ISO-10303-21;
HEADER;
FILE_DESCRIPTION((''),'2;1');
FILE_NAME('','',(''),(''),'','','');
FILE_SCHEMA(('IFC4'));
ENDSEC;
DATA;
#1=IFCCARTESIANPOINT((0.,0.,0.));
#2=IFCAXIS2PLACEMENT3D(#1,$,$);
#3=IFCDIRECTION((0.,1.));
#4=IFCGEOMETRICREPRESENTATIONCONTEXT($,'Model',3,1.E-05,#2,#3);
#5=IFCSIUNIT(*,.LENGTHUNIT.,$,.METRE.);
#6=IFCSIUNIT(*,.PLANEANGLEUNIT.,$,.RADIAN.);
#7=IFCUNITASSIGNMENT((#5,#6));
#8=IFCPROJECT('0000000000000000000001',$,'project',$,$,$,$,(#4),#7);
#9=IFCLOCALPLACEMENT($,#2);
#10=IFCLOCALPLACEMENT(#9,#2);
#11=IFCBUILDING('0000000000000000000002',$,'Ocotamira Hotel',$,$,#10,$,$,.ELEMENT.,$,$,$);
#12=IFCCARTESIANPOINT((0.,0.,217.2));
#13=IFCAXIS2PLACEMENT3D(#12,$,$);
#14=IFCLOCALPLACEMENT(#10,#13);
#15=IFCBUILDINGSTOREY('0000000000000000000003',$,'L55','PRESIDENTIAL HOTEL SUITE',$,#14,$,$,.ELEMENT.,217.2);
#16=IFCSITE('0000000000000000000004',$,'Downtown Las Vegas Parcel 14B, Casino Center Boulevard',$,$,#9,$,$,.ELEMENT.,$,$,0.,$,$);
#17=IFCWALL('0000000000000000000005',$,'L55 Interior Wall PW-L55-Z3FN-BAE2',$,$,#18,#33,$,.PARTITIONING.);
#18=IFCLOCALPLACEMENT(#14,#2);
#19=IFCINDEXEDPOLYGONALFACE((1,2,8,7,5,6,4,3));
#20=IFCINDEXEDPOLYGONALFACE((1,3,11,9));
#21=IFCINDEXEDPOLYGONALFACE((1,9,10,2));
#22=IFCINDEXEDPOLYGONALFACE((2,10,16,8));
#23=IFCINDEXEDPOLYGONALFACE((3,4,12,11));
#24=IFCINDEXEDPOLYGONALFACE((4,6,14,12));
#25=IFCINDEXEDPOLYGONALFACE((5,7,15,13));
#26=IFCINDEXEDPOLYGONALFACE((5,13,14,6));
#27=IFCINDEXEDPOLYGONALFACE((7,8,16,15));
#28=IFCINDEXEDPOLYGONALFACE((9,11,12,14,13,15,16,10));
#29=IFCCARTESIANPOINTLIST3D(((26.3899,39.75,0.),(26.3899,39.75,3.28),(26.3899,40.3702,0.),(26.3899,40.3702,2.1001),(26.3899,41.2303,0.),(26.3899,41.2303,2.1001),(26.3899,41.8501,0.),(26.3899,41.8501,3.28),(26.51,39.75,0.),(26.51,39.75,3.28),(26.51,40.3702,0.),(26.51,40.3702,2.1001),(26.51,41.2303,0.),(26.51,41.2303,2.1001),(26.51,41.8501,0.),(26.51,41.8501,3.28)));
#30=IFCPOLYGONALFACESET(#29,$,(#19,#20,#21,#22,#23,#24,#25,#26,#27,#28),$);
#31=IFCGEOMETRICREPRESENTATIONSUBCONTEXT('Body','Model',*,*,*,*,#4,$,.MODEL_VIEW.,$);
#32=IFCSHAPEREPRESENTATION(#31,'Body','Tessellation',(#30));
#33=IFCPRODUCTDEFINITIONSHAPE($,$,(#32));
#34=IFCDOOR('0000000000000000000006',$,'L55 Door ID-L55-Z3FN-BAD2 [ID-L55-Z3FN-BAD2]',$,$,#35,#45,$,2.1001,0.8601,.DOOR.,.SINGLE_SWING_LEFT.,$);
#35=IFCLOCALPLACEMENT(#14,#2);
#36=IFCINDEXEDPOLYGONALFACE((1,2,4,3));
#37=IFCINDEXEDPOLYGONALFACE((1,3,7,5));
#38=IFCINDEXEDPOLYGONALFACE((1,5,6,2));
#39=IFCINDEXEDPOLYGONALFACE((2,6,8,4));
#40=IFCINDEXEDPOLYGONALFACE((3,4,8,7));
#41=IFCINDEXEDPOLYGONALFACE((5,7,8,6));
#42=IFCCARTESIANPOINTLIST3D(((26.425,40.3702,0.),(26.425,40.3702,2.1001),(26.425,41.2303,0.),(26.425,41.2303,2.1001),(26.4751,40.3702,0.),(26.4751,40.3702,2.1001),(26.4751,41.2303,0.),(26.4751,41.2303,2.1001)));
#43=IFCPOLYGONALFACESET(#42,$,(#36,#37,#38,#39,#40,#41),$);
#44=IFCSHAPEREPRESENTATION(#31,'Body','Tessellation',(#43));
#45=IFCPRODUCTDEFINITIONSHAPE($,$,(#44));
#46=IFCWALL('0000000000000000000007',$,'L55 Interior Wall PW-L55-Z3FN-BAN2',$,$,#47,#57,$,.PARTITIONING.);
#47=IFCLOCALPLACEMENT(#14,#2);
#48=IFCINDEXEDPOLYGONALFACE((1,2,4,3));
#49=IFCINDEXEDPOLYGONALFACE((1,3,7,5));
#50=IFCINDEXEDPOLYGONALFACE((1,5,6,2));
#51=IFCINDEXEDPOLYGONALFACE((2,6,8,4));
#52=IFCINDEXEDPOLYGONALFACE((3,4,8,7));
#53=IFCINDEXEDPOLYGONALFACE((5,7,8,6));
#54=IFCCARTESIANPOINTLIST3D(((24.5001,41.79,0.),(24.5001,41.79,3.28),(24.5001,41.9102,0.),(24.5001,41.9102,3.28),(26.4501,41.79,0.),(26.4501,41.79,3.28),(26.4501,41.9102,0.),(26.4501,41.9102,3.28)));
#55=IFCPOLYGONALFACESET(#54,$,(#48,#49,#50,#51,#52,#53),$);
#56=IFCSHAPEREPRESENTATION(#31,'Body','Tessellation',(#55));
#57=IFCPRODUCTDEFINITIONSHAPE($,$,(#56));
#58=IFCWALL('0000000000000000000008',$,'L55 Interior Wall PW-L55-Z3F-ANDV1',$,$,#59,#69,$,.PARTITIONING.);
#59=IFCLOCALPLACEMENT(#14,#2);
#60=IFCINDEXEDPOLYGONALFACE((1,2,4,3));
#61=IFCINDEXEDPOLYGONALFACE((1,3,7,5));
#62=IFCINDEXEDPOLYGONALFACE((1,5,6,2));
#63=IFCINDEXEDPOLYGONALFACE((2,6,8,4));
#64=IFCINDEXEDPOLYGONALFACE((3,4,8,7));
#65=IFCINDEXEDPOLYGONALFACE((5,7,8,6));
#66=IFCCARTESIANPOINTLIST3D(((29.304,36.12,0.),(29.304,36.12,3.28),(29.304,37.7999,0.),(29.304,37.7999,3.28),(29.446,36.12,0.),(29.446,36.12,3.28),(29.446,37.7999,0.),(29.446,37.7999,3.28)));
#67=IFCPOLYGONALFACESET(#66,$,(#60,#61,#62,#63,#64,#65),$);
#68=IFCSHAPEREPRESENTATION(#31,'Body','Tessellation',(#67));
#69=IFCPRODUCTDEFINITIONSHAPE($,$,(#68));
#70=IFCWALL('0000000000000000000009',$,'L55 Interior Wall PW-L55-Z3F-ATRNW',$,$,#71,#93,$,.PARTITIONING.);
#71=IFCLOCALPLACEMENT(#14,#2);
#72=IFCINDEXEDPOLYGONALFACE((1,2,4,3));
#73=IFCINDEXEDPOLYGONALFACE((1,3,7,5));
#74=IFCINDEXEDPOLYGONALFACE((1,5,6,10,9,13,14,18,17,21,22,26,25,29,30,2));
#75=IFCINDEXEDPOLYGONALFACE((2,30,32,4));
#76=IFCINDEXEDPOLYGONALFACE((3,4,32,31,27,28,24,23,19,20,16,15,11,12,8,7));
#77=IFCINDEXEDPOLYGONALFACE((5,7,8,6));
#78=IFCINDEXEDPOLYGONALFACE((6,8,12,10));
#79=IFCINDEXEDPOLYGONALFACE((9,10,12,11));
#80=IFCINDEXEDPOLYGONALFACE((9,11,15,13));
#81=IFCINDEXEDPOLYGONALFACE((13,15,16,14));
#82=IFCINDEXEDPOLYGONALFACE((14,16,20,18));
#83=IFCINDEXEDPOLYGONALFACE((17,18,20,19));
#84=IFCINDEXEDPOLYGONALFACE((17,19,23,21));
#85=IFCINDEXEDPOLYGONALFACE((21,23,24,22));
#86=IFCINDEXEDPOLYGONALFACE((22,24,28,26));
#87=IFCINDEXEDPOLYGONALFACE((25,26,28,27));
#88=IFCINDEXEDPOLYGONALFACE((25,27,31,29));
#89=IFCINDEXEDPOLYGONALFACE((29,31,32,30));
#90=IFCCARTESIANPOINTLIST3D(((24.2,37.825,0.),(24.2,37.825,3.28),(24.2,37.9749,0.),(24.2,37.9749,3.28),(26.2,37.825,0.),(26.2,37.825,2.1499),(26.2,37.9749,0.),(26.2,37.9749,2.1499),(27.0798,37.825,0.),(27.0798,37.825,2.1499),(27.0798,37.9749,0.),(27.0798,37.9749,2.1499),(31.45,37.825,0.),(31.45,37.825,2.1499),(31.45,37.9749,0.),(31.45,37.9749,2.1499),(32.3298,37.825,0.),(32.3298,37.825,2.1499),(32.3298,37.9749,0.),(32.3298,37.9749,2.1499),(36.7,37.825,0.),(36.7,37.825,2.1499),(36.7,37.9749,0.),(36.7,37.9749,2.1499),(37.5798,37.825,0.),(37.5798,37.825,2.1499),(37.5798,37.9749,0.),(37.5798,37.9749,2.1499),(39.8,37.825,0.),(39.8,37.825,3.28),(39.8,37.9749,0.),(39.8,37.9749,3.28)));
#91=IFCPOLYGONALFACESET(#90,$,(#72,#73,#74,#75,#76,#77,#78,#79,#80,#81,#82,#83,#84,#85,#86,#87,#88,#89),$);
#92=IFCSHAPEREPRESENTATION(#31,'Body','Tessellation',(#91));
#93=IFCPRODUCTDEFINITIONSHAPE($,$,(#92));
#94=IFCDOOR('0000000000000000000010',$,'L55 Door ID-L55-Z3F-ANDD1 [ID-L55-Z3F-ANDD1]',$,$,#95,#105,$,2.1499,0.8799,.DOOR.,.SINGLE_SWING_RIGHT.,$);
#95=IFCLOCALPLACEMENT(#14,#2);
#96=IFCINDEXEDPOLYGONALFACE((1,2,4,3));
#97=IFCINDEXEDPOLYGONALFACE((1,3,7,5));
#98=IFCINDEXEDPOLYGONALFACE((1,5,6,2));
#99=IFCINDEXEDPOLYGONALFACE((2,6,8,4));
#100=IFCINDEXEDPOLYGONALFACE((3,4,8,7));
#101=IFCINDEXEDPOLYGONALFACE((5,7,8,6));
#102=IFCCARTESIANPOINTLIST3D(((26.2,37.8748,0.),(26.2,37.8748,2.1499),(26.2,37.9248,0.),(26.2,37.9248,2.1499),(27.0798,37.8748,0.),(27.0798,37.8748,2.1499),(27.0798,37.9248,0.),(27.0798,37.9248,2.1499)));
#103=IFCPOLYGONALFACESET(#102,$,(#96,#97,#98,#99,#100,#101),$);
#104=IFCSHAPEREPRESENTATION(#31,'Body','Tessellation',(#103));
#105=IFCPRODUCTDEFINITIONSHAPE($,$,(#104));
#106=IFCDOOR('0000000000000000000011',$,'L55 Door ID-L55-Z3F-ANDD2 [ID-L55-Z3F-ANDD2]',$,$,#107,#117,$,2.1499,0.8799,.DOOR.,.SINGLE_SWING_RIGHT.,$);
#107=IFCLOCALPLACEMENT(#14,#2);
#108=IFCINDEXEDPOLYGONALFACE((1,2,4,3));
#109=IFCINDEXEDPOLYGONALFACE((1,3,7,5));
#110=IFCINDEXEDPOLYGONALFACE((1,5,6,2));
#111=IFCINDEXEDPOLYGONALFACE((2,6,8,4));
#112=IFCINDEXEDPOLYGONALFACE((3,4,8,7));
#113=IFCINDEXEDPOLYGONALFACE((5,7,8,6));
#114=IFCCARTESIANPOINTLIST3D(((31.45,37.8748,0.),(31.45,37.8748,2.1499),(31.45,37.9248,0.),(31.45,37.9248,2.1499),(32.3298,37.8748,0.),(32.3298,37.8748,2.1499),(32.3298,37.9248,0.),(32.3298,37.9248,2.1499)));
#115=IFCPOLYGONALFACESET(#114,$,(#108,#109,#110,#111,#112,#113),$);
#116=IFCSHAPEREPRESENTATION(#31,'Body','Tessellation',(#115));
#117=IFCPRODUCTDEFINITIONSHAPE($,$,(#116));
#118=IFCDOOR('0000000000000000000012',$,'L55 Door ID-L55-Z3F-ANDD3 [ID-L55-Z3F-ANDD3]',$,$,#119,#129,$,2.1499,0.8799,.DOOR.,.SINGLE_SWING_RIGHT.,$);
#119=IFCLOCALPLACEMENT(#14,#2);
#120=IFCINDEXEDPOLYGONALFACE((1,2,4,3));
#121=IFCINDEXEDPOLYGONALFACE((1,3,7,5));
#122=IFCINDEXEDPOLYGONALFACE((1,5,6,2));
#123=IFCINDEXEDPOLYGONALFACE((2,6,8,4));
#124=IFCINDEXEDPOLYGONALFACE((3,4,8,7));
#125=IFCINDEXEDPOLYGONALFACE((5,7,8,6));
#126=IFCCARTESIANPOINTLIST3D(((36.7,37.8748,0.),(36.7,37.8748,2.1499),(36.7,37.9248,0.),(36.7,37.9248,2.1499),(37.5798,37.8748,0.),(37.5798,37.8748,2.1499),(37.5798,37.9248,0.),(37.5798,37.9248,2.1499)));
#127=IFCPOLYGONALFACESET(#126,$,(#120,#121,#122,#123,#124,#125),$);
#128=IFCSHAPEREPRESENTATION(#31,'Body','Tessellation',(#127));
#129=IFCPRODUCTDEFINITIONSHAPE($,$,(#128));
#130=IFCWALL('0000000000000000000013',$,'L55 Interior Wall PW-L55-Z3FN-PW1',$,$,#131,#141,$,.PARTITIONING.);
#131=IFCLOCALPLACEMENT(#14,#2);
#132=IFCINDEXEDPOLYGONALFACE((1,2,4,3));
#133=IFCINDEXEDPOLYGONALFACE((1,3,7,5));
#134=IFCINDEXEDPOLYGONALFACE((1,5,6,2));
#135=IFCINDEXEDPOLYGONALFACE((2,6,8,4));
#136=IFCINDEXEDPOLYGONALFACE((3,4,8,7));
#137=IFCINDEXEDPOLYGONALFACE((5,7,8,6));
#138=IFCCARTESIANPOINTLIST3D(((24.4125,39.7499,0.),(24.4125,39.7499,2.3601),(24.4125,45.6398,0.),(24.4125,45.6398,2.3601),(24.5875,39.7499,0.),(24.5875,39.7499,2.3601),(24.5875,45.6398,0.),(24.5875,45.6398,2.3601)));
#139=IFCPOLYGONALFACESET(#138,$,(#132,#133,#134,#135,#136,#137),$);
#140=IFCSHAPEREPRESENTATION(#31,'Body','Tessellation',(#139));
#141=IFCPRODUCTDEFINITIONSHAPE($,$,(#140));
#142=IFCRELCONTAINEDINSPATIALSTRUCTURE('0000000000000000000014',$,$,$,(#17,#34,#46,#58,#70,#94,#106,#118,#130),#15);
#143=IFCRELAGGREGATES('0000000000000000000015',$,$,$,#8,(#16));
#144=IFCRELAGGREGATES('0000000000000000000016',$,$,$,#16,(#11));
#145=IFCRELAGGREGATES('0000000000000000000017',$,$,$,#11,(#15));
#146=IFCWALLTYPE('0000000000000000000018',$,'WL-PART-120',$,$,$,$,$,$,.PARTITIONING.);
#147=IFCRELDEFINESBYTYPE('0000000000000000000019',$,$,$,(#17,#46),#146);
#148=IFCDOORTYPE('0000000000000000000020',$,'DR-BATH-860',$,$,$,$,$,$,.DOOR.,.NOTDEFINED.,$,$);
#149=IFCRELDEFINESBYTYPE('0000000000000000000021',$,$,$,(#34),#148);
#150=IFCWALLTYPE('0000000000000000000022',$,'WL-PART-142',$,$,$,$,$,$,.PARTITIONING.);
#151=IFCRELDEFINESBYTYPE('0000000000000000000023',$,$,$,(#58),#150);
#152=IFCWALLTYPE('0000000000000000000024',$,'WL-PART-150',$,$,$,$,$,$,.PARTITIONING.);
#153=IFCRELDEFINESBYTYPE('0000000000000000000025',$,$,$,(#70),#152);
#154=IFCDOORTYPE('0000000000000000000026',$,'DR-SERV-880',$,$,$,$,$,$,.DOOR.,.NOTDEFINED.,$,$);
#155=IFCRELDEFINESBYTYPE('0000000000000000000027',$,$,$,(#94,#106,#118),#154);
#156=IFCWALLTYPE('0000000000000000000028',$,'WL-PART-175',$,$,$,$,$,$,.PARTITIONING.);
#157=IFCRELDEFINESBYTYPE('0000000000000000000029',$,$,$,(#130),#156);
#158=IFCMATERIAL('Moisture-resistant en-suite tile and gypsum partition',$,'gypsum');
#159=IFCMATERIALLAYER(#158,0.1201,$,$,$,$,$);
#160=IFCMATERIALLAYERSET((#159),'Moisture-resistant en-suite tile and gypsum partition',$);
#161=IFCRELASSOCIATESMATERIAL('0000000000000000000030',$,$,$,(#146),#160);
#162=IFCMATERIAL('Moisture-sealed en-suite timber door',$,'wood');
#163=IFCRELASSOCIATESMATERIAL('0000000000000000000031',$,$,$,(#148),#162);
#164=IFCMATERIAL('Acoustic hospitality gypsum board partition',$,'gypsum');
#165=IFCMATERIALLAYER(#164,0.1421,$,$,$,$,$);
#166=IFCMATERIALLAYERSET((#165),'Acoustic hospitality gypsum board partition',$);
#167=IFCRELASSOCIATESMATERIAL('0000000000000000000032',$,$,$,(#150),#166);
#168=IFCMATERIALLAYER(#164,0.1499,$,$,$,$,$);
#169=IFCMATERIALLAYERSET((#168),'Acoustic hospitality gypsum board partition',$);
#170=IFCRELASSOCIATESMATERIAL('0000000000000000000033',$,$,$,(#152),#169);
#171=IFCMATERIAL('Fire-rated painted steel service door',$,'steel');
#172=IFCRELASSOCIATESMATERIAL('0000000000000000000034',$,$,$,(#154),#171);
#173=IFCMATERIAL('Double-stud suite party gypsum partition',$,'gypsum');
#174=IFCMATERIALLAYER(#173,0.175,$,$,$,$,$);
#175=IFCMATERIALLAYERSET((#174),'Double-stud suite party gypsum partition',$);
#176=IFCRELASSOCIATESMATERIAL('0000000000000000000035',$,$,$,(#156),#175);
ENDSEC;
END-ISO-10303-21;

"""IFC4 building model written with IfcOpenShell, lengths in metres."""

from ifc_helpers import new_model, si_unit, direction, frame, frame_2d, origin, place, context, subcontext, project, spatial, rectangle, extrude, source, transform, mapped, material, layer, layer_set, type_object, element, fill, save


model = new_model("IFC4")

# Units and contexts
model_context = context("Model", 3, precision=1e-05, world=origin(), true_north=direction((0.0, 1.0)))
body_context = subcontext(model_context, "Body", "Model", "MODEL_VIEW")
ifc_project = project(units=[si_unit("LENGTHUNIT", "METRE"), si_unit("PLANEANGLEUNIT", "RADIAN")], contexts=[model_context])

# Site, building, storey
site_placement = place(None, origin())
site = spatial("IfcSite", under=ifc_project, at=site_placement, Name="Downtown Las Vegas Parcel 14B, Casino Center Boulevard", CompositionType="ELEMENT", RefElevation=0.0)
building_placement = place(site_placement, origin())
building = spatial("IfcBuilding", under=site, at=building_placement, Name="Ocotamira Hotel", CompositionType="ELEMENT")
storey_placement = place(building_placement, frame((0.0, 0.0, 217.2)))
storey = spatial("IfcBuildingStorey", under=building, at=storey_placement, Name="L55", Description="PRESIDENTIAL HOTEL SUITE", CompositionType="ELEMENT", Elevation=217.2)

# Wall, opening, door
ifc_material_1 = material(Name="Moisture-resistant en-suite tile and gypsum partition", Category="gypsum")
ifc_layer_1 = layer(ifc_material_1, 0.1201)
ifc_layer_set_1 = layer_set([ifc_layer_1], Name="Moisture-resistant en-suite tile and gypsum partition")
wall_type_1 = type_object("IfcWallType", Name="WL-PART-120", PredefinedType="PARTITIONING", material=ifc_layer_set_1)
wall_1_placement = place(storey_placement, frame((26.45, 39.75, 0.0), z_axis=(0.0, 0.0, 1.0), x_axis=(0.0, 1.0, 0.0)))
wall_1 = element("IfcWall", 1, at=wall_1_placement, inside=storey, type_object=wall_type_1, Name="L55 Interior Wall PW-L55-Z3FN-BAE2", PredefinedType="PARTITIONING", context=body_context, shape_type="SweptSolid", body=[
    extrude(rectangle(XDim=2.1001, YDim=0.1201, at=frame_2d((1.05, 0.0))), origin(), (0.0, 0.0, 1.0), 3.28),
])
opening_1_placement = place(wall_1_placement, frame((0.6201, 0.0, 0.0)))
opening_1 = element("IfcOpeningElement", 2, at=opening_1_placement, cuts=wall_1, PredefinedType="OPENING", context=body_context, shape_type="SweptSolid", body=[
    extrude(rectangle(XDim=0.8601, YDim=2.1001, at=frame_2d((0.4302, 1.05))), frame((0.0, 0.0701, 0.0), z_axis=(0.0, -1.0, 0.0), x_axis=(1.0, 0.0, 0.0)), (0.0, 0.0, 1.0), 0.1401),
])
ifc_material_2 = material(Name="Moisture-sealed en-suite timber door", Category="wood")
door_type_1 = type_object("IfcDoorType", Name="DR-BATH-860", OperationType="NOTDEFINED", PredefinedType="DOOR", material=ifc_material_2)
shared_shape_1 = source(origin(), body_context, "Body", "SweptSolid", [
    extrude(rectangle(XDim=0.8601, YDim=2.1001, at=frame_2d((0.4302, 1.05))), frame((0.0, 0.0249, 0.0), z_axis=(0.0, -1.0, 0.0), x_axis=(1.0, 0.0, 0.0)), (0.0, 0.0, 1.0), 0.05),
])
door_1_placement = place(opening_1_placement, origin())
door_1 = element("IfcDoor", 3, at=door_1_placement, inside=storey, type_object=door_type_1, Name="L55 Door ID-L55-Z3FN-BAD2 [ID-L55-Z3FN-BAD2]", OperationType="SINGLE_SWING_LEFT", OverallHeight=2.1001, OverallWidth=0.8601, PredefinedType="DOOR", context=body_context, shape_type="MappedRepresentation", body=[
    mapped(shared_shape_1, transform((0.0, 0.0, 0.0), scale=1.0)),
])
fill(opening_1, door_1)

# Walls
wall_2_placement = place(storey_placement, frame((24.5, 41.8501, 0.0), z_axis=(0.0, 0.0, 1.0), x_axis=(1.0, 0.0, 0.0)))
element("IfcWall", 4, at=wall_2_placement, inside=storey, type_object=wall_type_1, Name="L55 Interior Wall PW-L55-Z3FN-BAN2", PredefinedType="PARTITIONING", context=body_context, shape_type="SweptSolid", body=[
    extrude(rectangle(XDim=1.95, YDim=0.1201, at=frame_2d((0.9751, 0.0))), origin(), (0.0, 0.0, 1.0), 3.28),
])
ifc_material_3 = material(Name="Acoustic hospitality gypsum board partition", Category="gypsum")
ifc_layer_2 = layer(ifc_material_3, 0.1421)
ifc_layer_set_2 = layer_set([ifc_layer_2], Name="Acoustic hospitality gypsum board partition")
wall_type_2 = type_object("IfcWallType", Name="WL-PART-142", PredefinedType="PARTITIONING", material=ifc_layer_set_2)
wall_3_placement = place(storey_placement, frame((29.375, 36.1201, 0.0), z_axis=(0.0, 0.0, 1.0), x_axis=(0.0, 1.0, 0.0)))
element("IfcWall", 5, at=wall_3_placement, inside=storey, type_object=wall_type_2, Name="L55 Interior Wall PW-L55-Z3F-ANDV1", PredefinedType="PARTITIONING", context=body_context, shape_type="SweptSolid", body=[
    extrude(rectangle(XDim=1.6799, YDim=0.1421, at=frame_2d((0.8398, 0.0))), origin(), (0.0, 0.0, 1.0), 3.28),
])

# Wall, openings, doors
ifc_layer_3 = layer(ifc_material_3, 0.1499)
ifc_layer_set_3 = layer_set([ifc_layer_3], Name="Acoustic hospitality gypsum board partition")
wall_type_3 = type_object("IfcWallType", Name="WL-PART-150", PredefinedType="PARTITIONING", material=ifc_layer_set_3)
wall_4_placement = place(storey_placement, frame((24.2, 37.8999, 0.0), z_axis=(0.0, 0.0, 1.0), x_axis=(1.0, 0.0, 0.0)))
wall_4 = element("IfcWall", 6, at=wall_4_placement, inside=storey, type_object=wall_type_3, Name="L55 Interior Wall PW-L55-Z3F-ATRNW", PredefinedType="PARTITIONING", context=body_context, shape_type="SweptSolid", body=[
    extrude(rectangle(XDim=15.6001, YDim=0.1499, at=frame_2d((7.8, 0.0))), origin(), (0.0, 0.0, 1.0), 3.28),
])
opening_2_placement = place(wall_4_placement, frame((2.0, 0.0, 0.0)))
opening_2 = element("IfcOpeningElement", 7, at=opening_2_placement, cuts=wall_4, PredefinedType="OPENING", context=body_context, shape_type="SweptSolid", body=[
    extrude(rectangle(XDim=0.8799, YDim=2.1499, at=frame_2d((0.4399, 1.075))), frame((0.0, 0.085, 0.0), z_axis=(0.0, -1.0, 0.0), x_axis=(1.0, 0.0, 0.0)), (0.0, 0.0, 1.0), 0.1699),
])
opening_3_placement = place(wall_4_placement, frame((7.25, 0.0, 0.0)))
opening_3 = element("IfcOpeningElement", 8, at=opening_3_placement, cuts=wall_4, PredefinedType="OPENING", context=body_context, shape_type="SweptSolid", body=[
    extrude(rectangle(XDim=0.8799, YDim=2.1499, at=frame_2d((0.4399, 1.075))), frame((0.0, 0.085, 0.0), z_axis=(0.0, -1.0, 0.0), x_axis=(1.0, 0.0, 0.0)), (0.0, 0.0, 1.0), 0.1699),
])
opening_4_placement = place(wall_4_placement, frame((12.5, 0.0, 0.0)))
opening_4 = element("IfcOpeningElement", 9, at=opening_4_placement, cuts=wall_4, PredefinedType="OPENING", context=body_context, shape_type="SweptSolid", body=[
    extrude(rectangle(XDim=0.8799, YDim=2.1499, at=frame_2d((0.4399, 1.075))), frame((0.0, 0.085, 0.0), z_axis=(0.0, -1.0, 0.0), x_axis=(1.0, 0.0, 0.0)), (0.0, 0.0, 1.0), 0.1699),
])
ifc_material_4 = material(Name="Fire-rated painted steel service door", Category="steel")
door_type_2 = type_object("IfcDoorType", Name="DR-SERV-880", OperationType="NOTDEFINED", PredefinedType="DOOR", material=ifc_material_4)
shared_shape_2 = source(origin(), body_context, "Body", "SweptSolid", [
    extrude(rectangle(XDim=0.8799, YDim=2.1499, at=frame_2d((0.4399, 1.075))), frame((0.0, 0.0249, 0.0), z_axis=(0.0, -1.0, 0.0), x_axis=(1.0, 0.0, 0.0)), (0.0, 0.0, 1.0), 0.05),
])
door_2_placement = place(opening_2_placement, origin())
door_2 = element("IfcDoor", 10, at=door_2_placement, inside=storey, type_object=door_type_2, Name="L55 Door ID-L55-Z3F-ANDD1 [ID-L55-Z3F-ANDD1]", OperationType="SINGLE_SWING_RIGHT", OverallHeight=2.1499, OverallWidth=0.8799, PredefinedType="DOOR", context=body_context, shape_type="MappedRepresentation", body=[
    mapped(shared_shape_2, transform((0.0, 0.0, 0.0), scale=1.0)),
])
fill(opening_2, door_2)
door_3_placement = place(opening_3_placement, origin())
door_3 = element("IfcDoor", 11, at=door_3_placement, inside=storey, type_object=door_type_2, Name="L55 Door ID-L55-Z3F-ANDD2 [ID-L55-Z3F-ANDD2]", OperationType="SINGLE_SWING_RIGHT", OverallHeight=2.1499, OverallWidth=0.8799, PredefinedType="DOOR", context=body_context, shape_type="MappedRepresentation", body=[
    mapped(shared_shape_2, transform((0.0, 0.0, 0.0), scale=1.0)),
])
fill(opening_3, door_3)
door_4_placement = place(opening_4_placement, origin())
door_4 = element("IfcDoor", 12, at=door_4_placement, inside=storey, type_object=door_type_2, Name="L55 Door ID-L55-Z3F-ANDD3 [ID-L55-Z3F-ANDD3]", OperationType="SINGLE_SWING_RIGHT", OverallHeight=2.1499, OverallWidth=0.8799, PredefinedType="DOOR", context=body_context, shape_type="MappedRepresentation", body=[
    mapped(shared_shape_2, transform((0.0, 0.0, 0.0), scale=1.0)),
])
fill(opening_4, door_4)

# Wall
ifc_material_5 = material(Name="Double-stud suite party gypsum partition", Category="gypsum")
ifc_layer_4 = layer(ifc_material_5, 0.175)
ifc_layer_set_4 = layer_set([ifc_layer_4], Name="Double-stud suite party gypsum partition")
wall_type_4 = type_object("IfcWallType", Name="WL-PART-175", PredefinedType="PARTITIONING", material=ifc_layer_set_4)
wall_5_placement = place(storey_placement, frame((24.5, 39.75, 0.0), z_axis=(0.0, 0.0, 1.0), x_axis=(0.0, 1.0, 0.0)))
element("IfcWall", 13, at=wall_5_placement, inside=storey, type_object=wall_type_4, Name="L55 Interior Wall PW-L55-Z3FN-PW1", PredefinedType="PARTITIONING", context=body_context, shape_type="SweptSolid", body=[
    extrude(rectangle(XDim=5.8899, YDim=0.175, at=frame_2d((2.9448, 0.0))), origin(), (0.0, 0.0, 1.0), 2.3601),
])

save(model, "model.ifc")
